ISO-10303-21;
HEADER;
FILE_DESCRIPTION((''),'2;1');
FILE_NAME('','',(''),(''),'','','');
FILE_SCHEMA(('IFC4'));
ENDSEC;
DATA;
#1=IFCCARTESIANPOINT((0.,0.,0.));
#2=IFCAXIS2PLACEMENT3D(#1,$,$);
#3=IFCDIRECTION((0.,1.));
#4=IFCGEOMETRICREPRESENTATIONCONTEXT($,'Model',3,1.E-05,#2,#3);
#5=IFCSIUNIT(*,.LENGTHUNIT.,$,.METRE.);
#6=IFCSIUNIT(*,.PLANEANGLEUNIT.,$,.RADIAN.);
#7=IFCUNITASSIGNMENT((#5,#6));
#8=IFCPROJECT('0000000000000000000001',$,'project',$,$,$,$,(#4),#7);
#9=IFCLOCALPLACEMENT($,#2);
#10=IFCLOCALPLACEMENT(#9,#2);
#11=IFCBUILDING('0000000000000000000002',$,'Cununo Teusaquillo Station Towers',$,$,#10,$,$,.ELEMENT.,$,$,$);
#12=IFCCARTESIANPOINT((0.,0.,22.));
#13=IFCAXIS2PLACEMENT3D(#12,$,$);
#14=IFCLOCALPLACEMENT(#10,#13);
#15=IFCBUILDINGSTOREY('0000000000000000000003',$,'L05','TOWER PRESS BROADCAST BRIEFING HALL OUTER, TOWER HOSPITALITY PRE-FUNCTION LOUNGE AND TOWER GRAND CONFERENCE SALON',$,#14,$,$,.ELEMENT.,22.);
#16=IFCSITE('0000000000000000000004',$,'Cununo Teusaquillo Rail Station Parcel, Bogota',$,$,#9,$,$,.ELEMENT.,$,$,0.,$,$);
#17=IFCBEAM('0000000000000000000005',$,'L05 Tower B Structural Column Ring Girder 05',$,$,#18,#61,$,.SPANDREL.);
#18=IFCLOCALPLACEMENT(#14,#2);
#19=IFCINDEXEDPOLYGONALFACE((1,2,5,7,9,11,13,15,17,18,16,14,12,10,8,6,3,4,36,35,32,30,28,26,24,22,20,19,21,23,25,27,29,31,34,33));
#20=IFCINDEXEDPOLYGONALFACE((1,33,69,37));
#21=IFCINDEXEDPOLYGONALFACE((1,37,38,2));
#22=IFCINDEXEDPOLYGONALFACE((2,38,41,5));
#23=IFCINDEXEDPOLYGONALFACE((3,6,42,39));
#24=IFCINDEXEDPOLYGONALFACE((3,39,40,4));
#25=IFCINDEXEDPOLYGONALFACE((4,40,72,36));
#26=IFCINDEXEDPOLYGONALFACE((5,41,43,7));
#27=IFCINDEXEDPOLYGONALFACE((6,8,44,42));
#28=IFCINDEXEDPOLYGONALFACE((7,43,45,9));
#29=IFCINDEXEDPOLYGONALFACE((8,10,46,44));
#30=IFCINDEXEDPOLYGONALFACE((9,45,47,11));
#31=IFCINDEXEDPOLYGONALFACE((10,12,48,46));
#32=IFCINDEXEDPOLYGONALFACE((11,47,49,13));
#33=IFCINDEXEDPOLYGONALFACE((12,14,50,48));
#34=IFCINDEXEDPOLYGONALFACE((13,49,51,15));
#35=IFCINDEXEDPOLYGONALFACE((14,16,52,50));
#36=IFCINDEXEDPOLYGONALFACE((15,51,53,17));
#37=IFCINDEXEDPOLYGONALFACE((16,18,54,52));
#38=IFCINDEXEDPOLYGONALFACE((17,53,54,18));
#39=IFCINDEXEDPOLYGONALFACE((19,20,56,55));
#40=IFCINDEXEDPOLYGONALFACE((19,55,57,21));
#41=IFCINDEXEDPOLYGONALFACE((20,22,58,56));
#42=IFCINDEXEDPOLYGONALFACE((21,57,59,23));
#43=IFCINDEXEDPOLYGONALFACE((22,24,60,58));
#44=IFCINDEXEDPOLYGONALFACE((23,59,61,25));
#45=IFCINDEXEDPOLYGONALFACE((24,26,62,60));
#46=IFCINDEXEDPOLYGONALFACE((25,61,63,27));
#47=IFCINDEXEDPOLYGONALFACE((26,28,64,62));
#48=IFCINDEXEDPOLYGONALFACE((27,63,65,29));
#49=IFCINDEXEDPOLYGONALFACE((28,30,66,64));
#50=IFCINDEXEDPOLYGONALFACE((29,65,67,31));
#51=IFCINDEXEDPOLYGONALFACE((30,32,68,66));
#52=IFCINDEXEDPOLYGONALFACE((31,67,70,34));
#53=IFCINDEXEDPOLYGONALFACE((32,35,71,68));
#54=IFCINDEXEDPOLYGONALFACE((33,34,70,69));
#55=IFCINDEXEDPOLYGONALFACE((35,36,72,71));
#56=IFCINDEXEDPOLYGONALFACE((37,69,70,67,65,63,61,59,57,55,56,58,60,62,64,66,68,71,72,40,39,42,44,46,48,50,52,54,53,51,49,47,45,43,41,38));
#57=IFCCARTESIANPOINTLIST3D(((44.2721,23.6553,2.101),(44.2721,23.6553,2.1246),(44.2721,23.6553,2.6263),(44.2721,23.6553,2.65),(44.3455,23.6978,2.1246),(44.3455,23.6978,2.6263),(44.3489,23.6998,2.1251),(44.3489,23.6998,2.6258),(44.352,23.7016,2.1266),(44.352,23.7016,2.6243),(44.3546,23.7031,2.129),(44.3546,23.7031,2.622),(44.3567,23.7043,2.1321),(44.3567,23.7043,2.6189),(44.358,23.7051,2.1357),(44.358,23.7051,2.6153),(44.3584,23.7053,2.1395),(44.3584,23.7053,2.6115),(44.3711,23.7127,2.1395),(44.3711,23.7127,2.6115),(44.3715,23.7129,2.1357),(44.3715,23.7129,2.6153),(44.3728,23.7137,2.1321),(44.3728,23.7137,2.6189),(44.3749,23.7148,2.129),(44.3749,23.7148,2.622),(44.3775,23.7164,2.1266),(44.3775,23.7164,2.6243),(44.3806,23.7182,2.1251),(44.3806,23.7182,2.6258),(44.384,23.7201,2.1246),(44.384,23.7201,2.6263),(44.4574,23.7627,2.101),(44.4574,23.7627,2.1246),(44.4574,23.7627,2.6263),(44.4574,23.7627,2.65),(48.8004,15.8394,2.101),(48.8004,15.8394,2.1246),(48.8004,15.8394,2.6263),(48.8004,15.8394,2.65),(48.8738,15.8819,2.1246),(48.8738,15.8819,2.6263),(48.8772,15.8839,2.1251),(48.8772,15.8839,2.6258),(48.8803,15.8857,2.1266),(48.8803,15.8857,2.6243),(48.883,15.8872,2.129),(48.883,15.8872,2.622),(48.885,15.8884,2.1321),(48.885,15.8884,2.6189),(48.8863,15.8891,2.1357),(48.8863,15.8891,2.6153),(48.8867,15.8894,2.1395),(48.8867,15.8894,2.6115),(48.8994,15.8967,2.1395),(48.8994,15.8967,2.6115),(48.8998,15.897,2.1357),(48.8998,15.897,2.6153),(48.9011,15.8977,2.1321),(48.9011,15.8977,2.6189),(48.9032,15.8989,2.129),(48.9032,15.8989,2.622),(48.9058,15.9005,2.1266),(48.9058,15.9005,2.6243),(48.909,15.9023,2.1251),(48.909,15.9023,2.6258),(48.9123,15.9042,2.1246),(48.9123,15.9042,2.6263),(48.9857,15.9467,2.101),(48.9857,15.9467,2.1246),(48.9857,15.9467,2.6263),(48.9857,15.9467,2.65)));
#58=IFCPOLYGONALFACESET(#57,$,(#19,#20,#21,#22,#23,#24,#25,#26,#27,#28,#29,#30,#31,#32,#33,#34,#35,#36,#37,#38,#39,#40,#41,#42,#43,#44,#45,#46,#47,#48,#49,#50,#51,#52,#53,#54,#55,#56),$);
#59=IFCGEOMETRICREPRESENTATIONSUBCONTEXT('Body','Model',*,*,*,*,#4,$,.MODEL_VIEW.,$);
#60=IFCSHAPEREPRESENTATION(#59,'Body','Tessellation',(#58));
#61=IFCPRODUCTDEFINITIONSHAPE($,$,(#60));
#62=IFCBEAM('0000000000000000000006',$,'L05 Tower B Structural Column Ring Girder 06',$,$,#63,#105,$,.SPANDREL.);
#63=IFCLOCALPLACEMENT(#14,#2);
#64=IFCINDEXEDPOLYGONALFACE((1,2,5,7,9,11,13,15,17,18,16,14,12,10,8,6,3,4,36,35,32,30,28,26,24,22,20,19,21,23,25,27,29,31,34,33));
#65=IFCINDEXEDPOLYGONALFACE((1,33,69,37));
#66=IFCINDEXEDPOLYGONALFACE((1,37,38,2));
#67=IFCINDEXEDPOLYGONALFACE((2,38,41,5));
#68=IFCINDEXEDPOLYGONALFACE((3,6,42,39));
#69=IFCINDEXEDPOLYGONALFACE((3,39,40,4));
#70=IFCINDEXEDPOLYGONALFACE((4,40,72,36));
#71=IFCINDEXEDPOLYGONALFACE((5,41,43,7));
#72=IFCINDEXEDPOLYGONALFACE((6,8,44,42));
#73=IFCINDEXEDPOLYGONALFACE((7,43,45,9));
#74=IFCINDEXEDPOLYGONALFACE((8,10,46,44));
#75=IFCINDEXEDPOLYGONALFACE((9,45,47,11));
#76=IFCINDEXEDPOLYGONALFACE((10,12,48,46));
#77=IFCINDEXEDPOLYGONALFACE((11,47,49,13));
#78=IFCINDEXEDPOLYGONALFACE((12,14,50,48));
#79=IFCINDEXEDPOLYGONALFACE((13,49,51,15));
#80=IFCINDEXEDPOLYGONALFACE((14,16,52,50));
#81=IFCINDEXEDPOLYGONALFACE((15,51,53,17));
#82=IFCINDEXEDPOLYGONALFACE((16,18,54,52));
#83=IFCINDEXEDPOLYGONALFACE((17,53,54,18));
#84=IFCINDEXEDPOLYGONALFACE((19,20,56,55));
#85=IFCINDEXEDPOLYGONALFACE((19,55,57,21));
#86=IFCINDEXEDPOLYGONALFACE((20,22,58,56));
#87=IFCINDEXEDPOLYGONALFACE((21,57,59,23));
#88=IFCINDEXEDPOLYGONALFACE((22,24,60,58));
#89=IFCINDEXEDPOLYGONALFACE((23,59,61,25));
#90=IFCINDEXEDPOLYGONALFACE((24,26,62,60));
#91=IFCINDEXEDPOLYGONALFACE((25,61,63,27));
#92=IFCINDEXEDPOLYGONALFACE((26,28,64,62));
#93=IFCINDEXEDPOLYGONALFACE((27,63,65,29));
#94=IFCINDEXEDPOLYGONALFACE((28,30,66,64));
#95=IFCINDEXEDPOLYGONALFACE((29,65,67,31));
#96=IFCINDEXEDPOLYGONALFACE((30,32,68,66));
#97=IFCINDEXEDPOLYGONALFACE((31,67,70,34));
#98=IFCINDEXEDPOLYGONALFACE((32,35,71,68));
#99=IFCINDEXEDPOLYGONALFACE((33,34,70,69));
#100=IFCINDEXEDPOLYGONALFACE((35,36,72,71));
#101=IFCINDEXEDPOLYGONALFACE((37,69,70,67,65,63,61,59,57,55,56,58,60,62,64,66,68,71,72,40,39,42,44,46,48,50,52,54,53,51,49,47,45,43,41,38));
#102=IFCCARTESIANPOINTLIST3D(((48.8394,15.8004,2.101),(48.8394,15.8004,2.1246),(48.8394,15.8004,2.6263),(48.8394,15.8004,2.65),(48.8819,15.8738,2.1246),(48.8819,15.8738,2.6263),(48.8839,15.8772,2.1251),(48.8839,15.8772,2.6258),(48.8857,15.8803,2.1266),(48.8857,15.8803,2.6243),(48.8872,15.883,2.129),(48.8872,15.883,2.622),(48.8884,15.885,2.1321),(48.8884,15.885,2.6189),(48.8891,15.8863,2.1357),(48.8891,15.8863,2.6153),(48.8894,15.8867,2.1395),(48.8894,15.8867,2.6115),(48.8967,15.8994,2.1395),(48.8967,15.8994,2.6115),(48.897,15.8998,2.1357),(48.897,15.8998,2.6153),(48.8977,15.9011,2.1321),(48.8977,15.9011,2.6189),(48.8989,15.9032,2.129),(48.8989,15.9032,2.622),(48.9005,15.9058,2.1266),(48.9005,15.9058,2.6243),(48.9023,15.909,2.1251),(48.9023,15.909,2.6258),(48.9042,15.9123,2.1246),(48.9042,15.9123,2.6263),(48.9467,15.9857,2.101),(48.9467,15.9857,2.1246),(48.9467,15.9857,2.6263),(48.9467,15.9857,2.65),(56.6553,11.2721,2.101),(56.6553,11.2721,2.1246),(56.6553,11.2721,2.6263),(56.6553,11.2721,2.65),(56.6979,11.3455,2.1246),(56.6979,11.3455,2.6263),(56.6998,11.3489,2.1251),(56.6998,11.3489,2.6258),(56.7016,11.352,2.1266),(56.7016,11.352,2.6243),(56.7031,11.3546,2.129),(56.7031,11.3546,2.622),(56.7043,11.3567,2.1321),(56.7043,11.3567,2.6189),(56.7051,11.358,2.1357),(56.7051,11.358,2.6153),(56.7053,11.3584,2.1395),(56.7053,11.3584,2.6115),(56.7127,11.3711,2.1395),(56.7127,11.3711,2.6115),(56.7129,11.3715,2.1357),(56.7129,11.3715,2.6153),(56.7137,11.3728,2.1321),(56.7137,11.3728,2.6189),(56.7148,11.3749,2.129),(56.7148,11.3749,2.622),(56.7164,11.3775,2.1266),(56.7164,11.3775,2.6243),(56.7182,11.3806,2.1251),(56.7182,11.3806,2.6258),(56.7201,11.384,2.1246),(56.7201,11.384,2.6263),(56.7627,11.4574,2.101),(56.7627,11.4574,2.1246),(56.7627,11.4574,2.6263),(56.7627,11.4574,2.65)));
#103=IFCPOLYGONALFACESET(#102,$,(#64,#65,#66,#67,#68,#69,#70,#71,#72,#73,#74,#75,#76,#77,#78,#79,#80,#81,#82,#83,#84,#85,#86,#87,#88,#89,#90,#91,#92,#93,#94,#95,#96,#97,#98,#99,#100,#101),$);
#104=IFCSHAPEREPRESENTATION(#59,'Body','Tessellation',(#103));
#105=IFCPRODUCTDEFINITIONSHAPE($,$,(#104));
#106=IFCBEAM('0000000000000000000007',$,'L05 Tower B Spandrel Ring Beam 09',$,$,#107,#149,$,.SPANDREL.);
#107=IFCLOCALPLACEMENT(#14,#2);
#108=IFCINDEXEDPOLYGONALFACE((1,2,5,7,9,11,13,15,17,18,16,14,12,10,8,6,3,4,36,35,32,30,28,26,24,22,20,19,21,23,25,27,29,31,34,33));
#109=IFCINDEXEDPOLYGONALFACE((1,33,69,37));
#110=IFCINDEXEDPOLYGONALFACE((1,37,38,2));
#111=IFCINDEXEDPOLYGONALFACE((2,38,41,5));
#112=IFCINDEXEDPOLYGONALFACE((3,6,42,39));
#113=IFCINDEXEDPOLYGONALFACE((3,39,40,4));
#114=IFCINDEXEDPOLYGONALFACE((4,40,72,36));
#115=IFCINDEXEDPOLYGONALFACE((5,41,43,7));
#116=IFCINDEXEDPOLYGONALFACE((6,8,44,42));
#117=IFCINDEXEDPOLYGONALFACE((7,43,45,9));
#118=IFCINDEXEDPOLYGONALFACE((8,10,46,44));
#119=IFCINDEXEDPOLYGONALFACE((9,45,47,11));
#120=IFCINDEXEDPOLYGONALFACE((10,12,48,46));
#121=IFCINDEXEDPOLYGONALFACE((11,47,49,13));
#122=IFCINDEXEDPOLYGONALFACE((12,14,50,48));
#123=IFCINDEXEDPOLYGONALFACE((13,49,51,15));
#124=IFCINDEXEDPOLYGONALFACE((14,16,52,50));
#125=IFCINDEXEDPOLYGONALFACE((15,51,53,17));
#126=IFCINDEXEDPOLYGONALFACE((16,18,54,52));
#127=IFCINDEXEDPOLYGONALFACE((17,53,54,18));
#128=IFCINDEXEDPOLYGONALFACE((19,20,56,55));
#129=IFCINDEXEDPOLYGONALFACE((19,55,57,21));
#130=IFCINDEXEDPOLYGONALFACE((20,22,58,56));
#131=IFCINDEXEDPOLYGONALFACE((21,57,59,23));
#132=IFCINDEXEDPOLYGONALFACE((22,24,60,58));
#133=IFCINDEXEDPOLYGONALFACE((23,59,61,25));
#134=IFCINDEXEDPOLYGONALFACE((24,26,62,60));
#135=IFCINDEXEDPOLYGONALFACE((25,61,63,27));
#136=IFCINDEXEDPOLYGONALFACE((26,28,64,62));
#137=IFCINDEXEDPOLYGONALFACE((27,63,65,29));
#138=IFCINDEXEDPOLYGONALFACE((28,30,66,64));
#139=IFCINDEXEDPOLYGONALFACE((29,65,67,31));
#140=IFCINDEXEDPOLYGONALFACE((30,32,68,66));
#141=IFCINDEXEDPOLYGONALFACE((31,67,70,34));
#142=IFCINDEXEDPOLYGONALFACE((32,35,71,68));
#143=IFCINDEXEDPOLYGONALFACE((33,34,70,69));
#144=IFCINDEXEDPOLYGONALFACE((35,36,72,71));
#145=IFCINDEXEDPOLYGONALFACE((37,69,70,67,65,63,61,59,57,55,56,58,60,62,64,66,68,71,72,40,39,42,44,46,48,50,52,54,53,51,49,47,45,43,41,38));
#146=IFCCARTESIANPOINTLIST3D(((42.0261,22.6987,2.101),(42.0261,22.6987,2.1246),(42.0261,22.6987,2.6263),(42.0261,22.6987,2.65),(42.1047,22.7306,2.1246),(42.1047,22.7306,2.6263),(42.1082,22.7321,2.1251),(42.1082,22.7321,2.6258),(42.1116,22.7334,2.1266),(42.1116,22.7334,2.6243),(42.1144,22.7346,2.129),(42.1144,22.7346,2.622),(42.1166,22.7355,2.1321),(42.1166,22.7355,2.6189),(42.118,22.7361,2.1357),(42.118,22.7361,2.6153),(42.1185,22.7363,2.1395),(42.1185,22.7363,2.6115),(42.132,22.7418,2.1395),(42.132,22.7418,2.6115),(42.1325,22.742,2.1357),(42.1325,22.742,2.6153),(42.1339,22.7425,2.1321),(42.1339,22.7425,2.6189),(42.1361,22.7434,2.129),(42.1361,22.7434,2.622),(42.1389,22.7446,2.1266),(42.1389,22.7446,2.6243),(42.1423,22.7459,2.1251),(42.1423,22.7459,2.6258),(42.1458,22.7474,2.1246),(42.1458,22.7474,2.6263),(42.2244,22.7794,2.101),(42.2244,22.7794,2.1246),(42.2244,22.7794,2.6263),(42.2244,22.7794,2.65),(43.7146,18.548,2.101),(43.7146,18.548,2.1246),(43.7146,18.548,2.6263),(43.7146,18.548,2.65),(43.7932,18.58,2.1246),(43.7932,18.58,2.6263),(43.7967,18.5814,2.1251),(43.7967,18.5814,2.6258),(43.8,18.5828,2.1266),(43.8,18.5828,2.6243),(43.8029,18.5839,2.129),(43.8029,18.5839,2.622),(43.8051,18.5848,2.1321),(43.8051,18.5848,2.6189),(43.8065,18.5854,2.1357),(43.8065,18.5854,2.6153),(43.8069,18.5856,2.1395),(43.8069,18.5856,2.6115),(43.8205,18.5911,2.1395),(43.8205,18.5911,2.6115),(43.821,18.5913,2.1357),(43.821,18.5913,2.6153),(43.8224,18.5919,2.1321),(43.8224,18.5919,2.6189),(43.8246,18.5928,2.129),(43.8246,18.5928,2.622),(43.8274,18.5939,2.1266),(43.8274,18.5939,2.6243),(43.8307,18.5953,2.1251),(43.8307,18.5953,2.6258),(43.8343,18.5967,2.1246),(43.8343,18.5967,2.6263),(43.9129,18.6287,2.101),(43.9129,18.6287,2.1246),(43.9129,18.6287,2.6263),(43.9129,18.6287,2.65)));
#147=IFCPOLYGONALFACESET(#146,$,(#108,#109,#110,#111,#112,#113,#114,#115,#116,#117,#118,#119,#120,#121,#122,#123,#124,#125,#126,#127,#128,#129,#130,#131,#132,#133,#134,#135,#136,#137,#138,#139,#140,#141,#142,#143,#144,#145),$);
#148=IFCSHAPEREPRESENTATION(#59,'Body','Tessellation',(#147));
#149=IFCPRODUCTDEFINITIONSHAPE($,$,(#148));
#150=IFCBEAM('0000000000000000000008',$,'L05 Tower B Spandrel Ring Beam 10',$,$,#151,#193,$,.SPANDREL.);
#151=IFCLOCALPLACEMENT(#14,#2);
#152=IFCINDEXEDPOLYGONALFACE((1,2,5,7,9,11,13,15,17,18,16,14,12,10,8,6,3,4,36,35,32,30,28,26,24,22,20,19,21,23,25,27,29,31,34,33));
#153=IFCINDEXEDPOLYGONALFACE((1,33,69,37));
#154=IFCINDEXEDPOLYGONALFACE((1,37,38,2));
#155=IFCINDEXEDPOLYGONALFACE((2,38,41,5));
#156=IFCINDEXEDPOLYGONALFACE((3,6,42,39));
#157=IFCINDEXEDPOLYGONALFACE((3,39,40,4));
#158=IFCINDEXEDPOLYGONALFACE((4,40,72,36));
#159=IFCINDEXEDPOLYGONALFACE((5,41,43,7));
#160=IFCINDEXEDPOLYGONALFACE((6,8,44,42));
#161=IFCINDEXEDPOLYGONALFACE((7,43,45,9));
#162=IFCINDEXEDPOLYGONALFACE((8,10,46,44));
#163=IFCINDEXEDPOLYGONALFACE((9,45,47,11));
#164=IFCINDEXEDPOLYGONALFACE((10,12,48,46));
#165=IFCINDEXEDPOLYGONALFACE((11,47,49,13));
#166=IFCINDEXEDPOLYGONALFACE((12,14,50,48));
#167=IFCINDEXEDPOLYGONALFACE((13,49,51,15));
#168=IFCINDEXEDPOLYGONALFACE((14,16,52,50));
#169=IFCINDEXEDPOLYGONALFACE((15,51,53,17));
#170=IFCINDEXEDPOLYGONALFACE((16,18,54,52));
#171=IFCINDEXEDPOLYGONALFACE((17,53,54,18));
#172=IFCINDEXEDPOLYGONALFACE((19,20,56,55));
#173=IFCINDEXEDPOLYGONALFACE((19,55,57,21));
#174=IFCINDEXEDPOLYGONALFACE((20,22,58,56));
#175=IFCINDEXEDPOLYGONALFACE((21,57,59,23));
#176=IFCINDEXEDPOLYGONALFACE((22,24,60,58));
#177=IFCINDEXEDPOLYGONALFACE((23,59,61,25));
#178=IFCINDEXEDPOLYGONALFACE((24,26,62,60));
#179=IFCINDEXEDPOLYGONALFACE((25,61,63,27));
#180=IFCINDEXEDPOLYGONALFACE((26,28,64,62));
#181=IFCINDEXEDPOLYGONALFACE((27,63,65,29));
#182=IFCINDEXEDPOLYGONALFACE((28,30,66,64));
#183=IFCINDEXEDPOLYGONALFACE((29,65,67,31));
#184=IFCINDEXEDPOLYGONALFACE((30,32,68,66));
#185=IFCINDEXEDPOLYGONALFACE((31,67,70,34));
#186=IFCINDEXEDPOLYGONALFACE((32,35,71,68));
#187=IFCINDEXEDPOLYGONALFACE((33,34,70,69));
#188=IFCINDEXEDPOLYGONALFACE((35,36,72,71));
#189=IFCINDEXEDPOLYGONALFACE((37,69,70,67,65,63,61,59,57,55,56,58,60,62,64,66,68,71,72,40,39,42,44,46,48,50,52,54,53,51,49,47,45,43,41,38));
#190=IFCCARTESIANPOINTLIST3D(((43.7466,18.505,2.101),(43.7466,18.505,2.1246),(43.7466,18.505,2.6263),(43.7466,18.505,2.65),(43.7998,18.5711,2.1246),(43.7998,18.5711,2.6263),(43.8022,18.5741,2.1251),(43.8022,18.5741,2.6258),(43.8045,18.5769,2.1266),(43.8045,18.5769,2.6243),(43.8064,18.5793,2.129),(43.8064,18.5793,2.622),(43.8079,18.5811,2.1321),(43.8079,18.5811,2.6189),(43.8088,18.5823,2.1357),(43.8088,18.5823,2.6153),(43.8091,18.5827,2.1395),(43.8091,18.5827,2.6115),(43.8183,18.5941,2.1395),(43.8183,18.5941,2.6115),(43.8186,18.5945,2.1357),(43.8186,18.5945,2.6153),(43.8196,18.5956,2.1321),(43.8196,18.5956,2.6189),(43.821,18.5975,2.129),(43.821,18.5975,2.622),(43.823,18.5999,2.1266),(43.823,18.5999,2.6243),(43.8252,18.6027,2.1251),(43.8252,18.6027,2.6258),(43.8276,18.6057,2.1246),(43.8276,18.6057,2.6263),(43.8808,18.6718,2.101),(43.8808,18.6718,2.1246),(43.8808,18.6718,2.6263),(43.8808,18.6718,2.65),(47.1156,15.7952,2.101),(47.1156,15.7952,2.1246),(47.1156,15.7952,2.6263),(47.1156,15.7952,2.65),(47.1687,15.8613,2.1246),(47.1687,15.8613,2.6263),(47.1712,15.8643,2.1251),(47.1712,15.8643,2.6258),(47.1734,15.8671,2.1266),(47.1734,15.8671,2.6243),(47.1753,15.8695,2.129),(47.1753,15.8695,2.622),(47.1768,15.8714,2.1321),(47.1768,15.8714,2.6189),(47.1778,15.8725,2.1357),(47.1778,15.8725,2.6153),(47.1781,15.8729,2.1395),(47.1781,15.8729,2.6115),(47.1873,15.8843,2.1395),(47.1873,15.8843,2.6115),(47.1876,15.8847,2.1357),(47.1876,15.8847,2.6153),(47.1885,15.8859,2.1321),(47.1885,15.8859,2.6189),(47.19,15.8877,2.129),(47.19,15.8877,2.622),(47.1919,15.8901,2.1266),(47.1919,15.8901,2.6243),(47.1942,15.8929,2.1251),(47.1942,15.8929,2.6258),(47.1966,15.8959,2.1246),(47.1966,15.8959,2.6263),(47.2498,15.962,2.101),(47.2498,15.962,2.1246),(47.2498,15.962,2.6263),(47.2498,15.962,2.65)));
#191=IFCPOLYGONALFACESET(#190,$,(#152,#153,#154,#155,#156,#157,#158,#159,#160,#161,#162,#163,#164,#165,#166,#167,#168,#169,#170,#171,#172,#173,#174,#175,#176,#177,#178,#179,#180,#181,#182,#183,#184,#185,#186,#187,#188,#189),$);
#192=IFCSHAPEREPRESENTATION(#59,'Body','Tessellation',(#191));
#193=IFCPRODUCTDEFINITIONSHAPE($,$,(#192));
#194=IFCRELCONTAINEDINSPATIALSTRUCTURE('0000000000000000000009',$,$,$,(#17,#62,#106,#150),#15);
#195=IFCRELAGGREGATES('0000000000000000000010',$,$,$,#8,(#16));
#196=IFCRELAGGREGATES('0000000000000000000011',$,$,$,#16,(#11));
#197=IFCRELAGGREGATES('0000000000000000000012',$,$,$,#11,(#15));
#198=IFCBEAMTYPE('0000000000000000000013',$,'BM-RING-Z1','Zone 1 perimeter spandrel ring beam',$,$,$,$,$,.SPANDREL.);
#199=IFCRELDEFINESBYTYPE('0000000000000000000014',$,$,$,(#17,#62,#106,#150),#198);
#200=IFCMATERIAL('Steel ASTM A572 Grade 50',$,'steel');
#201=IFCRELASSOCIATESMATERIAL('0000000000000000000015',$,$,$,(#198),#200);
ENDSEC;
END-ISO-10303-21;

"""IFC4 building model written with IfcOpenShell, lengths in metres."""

from ifc_helpers import new_model, si_unit, direction, frame, origin, origin_2d, place, context, subcontext, project, spatial, i_section, extrude, material, material_profile, profile_set, type_object, element, save


model = new_model("IFC4")

# Units and contexts
model_context = context("Model", 3, precision=1e-05, world=origin(), true_north=direction((0.0, 1.0)))
body_context = subcontext(model_context, "Body", "Model", "MODEL_VIEW")
ifc_project = project(units=[si_unit("LENGTHUNIT", "METRE"), si_unit("PLANEANGLEUNIT", "RADIAN")], contexts=[model_context])

# Site, building, storey
site_placement = place(None, origin())
site = spatial("IfcSite", under=ifc_project, at=site_placement, Name="Cununo Teusaquillo Rail Station Parcel, Bogota", CompositionType="ELEMENT", RefElevation=0.0)
building_placement = place(site_placement, origin())
building = spatial("IfcBuilding", under=site, at=building_placement, Name="Cununo Teusaquillo Station Towers", CompositionType="ELEMENT")
storey_placement = place(building_placement, frame((0.0, 0.0, 22.0)))
storey = spatial("IfcBuildingStorey", under=building, at=storey_placement, Name="L05", Description="TOWER PRESS BROADCAST BRIEFING HALL OUTER, TOWER HOSPITALITY PRE-FUNCTION LOUNGE AND TOWER GRAND CONFERENCE SALON", CompositionType="ELEMENT", Elevation=22.0)

# Beams
ifc_material_1 = material(Name="Steel ASTM A572 Grade 50", Category="steel")
ifc_material_profile_1 = material_profile(ifc_material_1, i_section(OverallWidth=0.2141, OverallDepth=0.5491, WebThickness=0.0146, FlangeThickness=0.0237, FilletRadius=0.0149, at=origin_2d()), Name="W21X93")
ifc_profile_set_1 = profile_set([ifc_material_profile_1], Name="Steel ASTM A572 Grade 50")
beam_type_1 = type_object("IfcBeamType", Name="BM-RING-Z1", Description="Zone 1 perimeter spandrel ring beam", PredefinedType="SPANDREL", material=ifc_profile_set_1)
for number, where, z_axis, x_axis, name in (
    (1, (44.3647, 23.709, 2.3755), (0.501311, -0.865267, 0.0), (0.865267, 0.501311, 0.0), "L05 Tower B Structural Column Ring Girder 05"),
    (2, (48.8931, 15.8931, 2.3755), (0.865267, -0.501311, 0.0), (0.501311, 0.865267, 0.0), "L05 Tower B Structural Column Ring Girder 06"),
):
    element("IfcBeam", number, at=place(storey_placement, frame(where, z_axis=z_axis, x_axis=x_axis)), inside=storey, type_object=beam_type_1, Name=name, PredefinedType="SPANDREL", context=body_context, shape_type="SweptSolid", body=[
        extrude(i_section(OverallWidth=0.2141, OverallDepth=0.5491, WebThickness=0.0146, FlangeThickness=0.0237, FilletRadius=0.0149, at=origin_2d()), origin(), (0.0, 0.0, 1.0), 9.033),
    ])
beam_1_placement = place(storey_placement, frame((42.1252, 22.739, 2.3755), z_axis=(0.376814, -0.926289, 0.0), x_axis=(0.926289, 0.376814, 0.0)))
element("IfcBeam", 3, at=beam_1_placement, inside=storey, type_object=beam_type_1, Name="L05 Tower B Spandrel Ring Beam 09", PredefinedType="SPANDREL", context=body_context, shape_type="SweptSolid", body=[
    extrude(i_section(OverallWidth=0.2141, OverallDepth=0.5491, WebThickness=0.0146, FlangeThickness=0.0237, FilletRadius=0.0149, at=origin_2d()), origin(), (0.0, 0.0, 1.0), 4.481),
])
beam_2_placement = place(storey_placement, frame((43.8137, 18.5884, 2.3755), z_axis=(0.779219, -0.626752, 0.0), x_axis=(0.626752, 0.779219, 0.0)))
element("IfcBeam", 4, at=beam_2_placement, inside=storey, type_object=beam_type_1, Name="L05 Tower B Spandrel Ring Beam 10", PredefinedType="SPANDREL", context=body_context, shape_type="SweptSolid", body=[
    extrude(i_section(OverallWidth=0.2141, OverallDepth=0.5491, WebThickness=0.0146, FlangeThickness=0.0237, FilletRadius=0.0149, at=origin_2d()), origin(), (0.0, 0.0, 1.0), 4.3235),
])

save(model, "model.ifc")
